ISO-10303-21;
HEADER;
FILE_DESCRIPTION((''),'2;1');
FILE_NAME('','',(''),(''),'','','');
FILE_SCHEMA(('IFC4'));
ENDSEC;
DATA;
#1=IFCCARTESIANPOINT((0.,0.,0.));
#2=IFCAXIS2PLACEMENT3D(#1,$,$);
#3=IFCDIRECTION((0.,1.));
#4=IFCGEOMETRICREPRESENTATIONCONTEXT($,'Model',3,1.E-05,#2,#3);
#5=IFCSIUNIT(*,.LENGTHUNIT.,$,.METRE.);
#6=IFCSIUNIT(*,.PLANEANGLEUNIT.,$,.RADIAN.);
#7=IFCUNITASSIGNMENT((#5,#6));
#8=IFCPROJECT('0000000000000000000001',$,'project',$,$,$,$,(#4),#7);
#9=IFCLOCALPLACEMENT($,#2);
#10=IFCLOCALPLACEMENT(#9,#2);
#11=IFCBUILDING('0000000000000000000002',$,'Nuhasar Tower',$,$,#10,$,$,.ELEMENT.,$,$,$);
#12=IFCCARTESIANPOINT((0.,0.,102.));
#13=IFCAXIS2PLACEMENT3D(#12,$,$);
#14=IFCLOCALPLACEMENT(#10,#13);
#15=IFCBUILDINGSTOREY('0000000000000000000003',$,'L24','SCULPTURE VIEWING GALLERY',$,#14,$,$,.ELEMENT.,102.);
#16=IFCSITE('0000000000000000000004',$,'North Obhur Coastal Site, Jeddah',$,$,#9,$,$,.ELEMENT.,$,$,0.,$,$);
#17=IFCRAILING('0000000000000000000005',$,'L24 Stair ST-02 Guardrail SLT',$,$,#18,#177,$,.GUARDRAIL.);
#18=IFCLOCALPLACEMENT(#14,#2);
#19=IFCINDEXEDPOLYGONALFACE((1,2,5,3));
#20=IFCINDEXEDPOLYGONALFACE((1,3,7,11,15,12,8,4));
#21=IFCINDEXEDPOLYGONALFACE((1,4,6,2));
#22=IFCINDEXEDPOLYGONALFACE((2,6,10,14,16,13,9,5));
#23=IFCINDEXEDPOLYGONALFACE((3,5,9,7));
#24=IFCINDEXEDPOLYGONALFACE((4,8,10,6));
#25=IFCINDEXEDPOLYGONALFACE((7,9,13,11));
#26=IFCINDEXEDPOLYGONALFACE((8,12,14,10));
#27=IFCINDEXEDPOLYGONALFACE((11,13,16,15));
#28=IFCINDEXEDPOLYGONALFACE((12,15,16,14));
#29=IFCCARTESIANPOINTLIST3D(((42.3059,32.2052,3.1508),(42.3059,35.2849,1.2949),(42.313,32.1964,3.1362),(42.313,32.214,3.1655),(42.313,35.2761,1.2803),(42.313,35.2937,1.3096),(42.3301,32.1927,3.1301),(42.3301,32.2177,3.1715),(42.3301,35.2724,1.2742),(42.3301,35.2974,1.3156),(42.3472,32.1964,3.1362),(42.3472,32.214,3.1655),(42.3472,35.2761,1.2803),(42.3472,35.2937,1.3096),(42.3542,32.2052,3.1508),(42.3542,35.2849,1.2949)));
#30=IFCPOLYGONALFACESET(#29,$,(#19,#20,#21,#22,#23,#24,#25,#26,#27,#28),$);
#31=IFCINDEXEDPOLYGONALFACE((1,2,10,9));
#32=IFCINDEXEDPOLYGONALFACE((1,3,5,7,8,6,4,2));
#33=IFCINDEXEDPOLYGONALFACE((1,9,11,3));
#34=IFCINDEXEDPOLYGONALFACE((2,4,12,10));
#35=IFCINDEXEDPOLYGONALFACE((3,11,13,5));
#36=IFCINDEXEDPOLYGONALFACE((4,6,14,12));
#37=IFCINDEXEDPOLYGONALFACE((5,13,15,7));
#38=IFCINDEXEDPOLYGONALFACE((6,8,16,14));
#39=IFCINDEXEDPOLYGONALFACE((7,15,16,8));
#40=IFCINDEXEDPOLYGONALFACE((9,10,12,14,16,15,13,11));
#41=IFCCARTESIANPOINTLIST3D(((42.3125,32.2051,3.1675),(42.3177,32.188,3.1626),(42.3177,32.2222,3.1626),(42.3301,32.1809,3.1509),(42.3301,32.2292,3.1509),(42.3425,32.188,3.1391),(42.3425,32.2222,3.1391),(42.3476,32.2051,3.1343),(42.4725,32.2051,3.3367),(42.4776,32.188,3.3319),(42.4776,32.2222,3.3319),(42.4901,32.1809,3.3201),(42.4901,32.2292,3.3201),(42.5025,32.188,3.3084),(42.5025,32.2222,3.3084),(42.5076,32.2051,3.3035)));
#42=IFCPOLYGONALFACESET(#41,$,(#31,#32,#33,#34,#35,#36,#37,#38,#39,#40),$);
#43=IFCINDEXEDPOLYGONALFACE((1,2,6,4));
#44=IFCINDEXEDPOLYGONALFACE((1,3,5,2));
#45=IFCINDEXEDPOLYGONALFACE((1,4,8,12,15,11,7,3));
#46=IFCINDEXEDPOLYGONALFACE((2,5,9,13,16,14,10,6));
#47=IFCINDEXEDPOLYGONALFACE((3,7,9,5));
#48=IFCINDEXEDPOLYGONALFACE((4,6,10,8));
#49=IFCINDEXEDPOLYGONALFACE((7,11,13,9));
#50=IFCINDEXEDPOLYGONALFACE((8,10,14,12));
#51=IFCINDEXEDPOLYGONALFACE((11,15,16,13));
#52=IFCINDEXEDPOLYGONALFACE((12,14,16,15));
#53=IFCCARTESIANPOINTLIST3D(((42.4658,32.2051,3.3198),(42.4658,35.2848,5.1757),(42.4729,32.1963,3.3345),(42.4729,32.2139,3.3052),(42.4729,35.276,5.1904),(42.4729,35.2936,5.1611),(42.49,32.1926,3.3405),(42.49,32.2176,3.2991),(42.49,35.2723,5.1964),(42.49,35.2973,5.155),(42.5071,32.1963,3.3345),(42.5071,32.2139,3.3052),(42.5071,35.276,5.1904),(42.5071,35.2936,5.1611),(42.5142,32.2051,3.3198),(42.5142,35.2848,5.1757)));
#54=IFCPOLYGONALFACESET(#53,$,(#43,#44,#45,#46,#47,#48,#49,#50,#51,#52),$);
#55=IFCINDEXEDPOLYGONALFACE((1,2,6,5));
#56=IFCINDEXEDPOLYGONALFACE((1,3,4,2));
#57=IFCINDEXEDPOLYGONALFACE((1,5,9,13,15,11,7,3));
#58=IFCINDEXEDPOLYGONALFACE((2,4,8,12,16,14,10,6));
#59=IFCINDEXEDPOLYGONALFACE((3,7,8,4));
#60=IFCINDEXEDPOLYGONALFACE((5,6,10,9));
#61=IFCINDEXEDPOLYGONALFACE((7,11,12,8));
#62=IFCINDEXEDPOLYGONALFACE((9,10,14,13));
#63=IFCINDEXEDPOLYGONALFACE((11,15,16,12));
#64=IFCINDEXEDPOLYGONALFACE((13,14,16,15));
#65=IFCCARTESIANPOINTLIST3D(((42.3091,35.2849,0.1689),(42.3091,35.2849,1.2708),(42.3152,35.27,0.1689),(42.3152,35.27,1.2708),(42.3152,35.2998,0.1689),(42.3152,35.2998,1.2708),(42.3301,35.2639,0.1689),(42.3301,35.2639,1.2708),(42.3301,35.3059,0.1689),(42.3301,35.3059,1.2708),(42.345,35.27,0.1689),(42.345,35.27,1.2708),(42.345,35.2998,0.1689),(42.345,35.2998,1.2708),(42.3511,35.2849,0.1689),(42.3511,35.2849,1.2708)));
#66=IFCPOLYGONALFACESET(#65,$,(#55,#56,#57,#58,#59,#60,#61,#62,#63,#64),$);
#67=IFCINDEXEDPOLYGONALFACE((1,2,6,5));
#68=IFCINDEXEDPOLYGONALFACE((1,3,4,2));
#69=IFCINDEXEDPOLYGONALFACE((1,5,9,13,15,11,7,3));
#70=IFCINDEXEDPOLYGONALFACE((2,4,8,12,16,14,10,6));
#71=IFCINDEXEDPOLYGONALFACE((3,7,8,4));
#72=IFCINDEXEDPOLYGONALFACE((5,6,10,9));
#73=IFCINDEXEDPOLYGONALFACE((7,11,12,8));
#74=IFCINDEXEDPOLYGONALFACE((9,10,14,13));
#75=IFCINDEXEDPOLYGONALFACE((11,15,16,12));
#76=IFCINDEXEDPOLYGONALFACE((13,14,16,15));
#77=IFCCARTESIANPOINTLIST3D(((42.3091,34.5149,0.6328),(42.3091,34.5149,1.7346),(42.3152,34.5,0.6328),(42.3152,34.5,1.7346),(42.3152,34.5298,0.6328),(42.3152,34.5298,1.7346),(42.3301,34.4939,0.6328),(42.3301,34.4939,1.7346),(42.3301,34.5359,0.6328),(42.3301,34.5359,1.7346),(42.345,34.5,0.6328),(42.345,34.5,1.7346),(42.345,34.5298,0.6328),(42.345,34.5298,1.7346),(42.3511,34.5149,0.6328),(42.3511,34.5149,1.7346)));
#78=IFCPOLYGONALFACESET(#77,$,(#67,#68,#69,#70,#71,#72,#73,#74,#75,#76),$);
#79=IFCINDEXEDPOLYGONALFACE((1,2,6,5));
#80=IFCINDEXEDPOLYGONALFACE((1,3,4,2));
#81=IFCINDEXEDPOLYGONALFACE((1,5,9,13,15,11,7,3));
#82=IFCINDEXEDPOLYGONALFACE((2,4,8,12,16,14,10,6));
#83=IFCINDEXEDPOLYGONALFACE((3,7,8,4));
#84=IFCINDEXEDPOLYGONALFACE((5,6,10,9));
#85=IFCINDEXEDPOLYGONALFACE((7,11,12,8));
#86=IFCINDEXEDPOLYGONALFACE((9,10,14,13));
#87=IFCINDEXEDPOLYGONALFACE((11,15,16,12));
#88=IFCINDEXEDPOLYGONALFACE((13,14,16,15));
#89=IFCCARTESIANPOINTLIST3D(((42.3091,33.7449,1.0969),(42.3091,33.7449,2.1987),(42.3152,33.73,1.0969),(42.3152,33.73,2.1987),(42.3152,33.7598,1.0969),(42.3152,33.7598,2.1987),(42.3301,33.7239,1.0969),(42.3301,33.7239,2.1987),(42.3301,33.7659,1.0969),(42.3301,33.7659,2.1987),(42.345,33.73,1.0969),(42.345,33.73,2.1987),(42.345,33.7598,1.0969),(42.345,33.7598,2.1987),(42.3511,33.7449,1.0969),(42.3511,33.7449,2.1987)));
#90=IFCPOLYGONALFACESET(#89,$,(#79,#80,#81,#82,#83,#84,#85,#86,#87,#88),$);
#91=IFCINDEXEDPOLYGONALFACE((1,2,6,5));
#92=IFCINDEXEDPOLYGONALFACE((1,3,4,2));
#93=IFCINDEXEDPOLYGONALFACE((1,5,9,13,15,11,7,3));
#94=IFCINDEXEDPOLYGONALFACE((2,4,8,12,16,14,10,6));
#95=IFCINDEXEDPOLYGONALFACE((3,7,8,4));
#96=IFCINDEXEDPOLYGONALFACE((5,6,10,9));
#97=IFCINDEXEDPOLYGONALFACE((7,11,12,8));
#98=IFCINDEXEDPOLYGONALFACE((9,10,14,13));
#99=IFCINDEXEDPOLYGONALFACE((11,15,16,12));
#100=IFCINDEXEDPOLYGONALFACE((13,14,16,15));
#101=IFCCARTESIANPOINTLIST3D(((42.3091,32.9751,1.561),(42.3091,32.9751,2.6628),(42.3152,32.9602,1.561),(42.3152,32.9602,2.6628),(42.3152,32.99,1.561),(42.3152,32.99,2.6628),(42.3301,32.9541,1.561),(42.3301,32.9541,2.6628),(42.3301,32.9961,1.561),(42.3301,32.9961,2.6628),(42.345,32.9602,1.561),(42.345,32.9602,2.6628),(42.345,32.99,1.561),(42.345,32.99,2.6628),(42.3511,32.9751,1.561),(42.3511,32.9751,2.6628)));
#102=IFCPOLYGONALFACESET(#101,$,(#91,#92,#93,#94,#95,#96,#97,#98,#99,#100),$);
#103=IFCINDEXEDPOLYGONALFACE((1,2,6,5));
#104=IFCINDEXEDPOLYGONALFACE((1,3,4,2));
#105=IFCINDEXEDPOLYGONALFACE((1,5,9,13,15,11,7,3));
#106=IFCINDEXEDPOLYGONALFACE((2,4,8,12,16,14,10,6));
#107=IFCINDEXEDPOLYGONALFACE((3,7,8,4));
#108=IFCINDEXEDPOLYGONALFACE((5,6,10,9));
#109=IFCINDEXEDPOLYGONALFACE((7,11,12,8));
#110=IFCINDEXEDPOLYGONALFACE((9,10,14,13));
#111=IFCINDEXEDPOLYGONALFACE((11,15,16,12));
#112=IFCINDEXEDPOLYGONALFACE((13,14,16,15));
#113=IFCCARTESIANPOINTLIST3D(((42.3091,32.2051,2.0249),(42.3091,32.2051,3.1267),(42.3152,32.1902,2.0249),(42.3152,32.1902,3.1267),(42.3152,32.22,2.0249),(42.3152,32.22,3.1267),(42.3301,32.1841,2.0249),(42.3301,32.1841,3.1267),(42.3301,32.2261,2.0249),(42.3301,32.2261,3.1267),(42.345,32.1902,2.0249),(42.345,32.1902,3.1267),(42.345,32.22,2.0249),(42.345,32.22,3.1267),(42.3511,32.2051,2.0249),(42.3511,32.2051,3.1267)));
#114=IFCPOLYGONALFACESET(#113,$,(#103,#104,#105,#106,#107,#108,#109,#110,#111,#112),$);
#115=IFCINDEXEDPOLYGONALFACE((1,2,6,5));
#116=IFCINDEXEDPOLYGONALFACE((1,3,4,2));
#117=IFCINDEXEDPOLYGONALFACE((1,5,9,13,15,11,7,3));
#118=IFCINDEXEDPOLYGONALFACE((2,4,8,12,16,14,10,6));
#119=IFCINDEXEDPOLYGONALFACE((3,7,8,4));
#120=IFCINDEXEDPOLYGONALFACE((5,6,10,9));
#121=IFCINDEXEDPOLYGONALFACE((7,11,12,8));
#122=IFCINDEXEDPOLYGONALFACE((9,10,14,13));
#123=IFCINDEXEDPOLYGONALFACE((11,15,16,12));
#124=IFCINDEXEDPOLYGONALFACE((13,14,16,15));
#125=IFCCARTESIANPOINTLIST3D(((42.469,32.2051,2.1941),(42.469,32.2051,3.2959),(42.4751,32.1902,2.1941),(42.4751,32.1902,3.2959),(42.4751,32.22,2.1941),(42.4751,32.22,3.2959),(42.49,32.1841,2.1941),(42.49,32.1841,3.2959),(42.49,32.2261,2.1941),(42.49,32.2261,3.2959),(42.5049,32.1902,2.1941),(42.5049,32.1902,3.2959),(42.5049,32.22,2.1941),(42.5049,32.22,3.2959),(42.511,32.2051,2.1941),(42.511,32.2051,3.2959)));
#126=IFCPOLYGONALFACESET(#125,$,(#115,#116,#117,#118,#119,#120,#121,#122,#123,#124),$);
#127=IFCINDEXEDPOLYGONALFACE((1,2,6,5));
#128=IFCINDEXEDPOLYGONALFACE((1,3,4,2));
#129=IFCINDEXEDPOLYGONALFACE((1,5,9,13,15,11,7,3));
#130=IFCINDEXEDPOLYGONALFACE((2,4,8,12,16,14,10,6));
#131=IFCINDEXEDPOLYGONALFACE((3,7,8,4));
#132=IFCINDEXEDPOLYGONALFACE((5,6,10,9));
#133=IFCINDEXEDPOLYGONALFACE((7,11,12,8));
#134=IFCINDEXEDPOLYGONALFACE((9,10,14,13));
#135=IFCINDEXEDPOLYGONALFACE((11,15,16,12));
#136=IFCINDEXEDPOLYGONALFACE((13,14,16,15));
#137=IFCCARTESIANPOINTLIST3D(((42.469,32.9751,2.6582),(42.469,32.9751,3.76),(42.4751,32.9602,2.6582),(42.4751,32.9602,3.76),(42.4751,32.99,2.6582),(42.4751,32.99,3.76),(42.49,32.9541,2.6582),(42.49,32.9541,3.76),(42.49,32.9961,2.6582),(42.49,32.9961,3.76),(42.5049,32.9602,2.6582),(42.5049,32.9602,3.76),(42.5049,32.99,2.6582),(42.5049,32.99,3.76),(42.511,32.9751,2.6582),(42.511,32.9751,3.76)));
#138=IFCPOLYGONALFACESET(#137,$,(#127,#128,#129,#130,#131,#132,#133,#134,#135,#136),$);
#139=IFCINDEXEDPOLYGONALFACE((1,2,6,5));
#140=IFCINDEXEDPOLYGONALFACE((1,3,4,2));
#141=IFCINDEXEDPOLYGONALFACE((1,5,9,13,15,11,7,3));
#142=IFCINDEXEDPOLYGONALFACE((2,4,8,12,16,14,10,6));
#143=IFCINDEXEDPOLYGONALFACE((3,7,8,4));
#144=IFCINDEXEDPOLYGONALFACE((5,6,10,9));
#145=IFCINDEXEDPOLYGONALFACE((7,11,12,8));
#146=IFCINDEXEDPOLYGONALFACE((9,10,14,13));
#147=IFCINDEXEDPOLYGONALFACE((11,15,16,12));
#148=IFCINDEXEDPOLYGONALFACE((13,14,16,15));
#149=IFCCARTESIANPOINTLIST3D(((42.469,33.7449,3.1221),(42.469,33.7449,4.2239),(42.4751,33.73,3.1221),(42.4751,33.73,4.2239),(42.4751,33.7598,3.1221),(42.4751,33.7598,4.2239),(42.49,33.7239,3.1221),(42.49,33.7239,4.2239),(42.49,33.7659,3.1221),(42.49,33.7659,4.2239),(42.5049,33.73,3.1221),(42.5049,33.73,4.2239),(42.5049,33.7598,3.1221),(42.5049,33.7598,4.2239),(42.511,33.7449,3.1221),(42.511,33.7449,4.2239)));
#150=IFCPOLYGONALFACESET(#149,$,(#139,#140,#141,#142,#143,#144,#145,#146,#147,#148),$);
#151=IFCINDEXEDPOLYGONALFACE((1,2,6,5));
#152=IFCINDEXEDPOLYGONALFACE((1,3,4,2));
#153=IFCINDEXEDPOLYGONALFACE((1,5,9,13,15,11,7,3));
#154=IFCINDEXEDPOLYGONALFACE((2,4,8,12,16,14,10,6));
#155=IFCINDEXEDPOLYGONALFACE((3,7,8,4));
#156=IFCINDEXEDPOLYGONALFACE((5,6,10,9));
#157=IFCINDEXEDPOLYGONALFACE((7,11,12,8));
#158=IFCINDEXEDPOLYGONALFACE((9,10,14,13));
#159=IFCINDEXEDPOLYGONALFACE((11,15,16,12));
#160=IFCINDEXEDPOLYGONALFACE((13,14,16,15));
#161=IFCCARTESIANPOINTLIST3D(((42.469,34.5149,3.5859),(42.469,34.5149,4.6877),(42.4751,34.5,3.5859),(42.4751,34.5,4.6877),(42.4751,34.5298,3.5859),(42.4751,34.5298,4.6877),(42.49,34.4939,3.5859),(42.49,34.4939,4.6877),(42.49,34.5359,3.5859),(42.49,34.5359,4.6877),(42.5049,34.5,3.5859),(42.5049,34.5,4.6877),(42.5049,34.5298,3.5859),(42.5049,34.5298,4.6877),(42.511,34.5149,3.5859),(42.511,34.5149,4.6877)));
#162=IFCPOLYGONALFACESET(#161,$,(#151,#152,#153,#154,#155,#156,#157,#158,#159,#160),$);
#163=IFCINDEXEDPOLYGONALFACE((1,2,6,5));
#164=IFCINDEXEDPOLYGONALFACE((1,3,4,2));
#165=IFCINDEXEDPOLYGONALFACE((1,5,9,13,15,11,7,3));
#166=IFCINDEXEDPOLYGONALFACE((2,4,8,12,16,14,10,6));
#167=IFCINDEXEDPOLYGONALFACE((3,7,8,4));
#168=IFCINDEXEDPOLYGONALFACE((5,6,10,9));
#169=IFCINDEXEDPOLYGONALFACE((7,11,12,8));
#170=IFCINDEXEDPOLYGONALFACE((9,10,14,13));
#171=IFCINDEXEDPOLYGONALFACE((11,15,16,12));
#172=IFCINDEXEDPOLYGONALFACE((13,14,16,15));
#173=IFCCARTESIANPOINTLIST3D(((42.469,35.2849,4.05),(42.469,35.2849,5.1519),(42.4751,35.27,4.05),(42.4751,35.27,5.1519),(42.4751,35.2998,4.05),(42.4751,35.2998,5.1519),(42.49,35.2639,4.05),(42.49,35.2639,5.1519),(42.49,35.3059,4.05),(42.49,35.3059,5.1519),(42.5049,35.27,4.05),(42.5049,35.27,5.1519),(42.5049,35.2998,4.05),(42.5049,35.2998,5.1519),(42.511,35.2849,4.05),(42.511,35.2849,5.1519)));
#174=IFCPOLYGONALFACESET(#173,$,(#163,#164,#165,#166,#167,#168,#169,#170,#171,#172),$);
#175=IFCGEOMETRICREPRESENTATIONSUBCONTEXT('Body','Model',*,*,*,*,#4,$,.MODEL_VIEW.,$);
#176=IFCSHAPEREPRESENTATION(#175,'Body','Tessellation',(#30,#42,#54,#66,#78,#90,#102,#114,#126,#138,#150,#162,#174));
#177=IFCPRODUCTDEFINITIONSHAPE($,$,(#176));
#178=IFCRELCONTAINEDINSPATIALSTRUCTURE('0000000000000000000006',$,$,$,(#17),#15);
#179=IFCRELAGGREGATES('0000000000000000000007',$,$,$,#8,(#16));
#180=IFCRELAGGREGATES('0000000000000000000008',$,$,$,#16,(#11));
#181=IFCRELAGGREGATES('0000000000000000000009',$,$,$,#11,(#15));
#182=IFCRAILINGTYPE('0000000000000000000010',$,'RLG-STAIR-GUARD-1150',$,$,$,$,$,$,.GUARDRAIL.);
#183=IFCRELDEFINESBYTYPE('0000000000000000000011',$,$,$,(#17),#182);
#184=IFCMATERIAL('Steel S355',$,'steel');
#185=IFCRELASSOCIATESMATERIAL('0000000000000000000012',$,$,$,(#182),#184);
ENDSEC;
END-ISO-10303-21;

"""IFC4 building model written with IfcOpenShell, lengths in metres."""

from ifc_helpers import new_model, si_unit, direction, frame, origin, place, context, subcontext, project, spatial, polyline, outline, extrude, material, type_object, element, save


model = new_model("IFC4")

# Units and contexts
model_context = context("Model", 3, precision=1e-05, world=origin(), true_north=direction((0.0, 1.0)))
body_context = subcontext(model_context, "Body", "Model", "MODEL_VIEW")
ifc_project = project(units=[si_unit("LENGTHUNIT", "METRE"), si_unit("PLANEANGLEUNIT", "RADIAN")], contexts=[model_context])

# Site, building, storey
site_placement = place(None, origin())
site = spatial("IfcSite", under=ifc_project, at=site_placement, Name="North Obhur Coastal Site, Jeddah", CompositionType="ELEMENT", RefElevation=0.0)
building_placement = place(site_placement, origin())
building = spatial("IfcBuilding", under=site, at=building_placement, Name="Nuhasar Tower", CompositionType="ELEMENT")
storey_placement = place(building_placement, frame((0.0, 0.0, 102.0)))
storey = spatial("IfcBuildingStorey", under=building, at=storey_placement, Name="L24", Description="SCULPTURE VIEWING GALLERY", CompositionType="ELEMENT", Elevation=102.0)

# Shared definitions
ifc_material_1 = material(Name="Steel S355", Category="steel")

# Railing
railing_type_1 = type_object("IfcRailingType", Name="RLG-STAIR-GUARD-1150", PredefinedType="GUARDRAIL", material=ifc_material_1)
railing_1_placement = place(storey_placement, frame((42.3301, 35.2849, 0.1689)))
element("IfcRailing", 1, at=railing_1_placement, inside=storey, type_object=railing_type_1, Name="L24 Stair ST-02 Guardrail SLT", PredefinedType="GUARDRAIL", context=body_context, shape_type="SweptSolid", body=[
    extrude(outline(polyline([(0.0242, 0.0), (0.0171, 0.0171), (0.0, 0.0242), (-0.0171, 0.0171), (-0.0242, 0.0), (-0.0171, -0.0171), (0.0, -0.0242), (0.0171, -0.0171), (0.0242, 0.0)])), frame((0.0, 0.0, 1.126), z_axis=(0.0, -0.856503, 0.516142), x_axis=(1.0, 0.0, 0.0)), (0.0, 0.0, 1.0), 3.5957),
    extrude(outline(polyline([(0.0242, 0.0), (0.0171, 0.0171), (0.0, 0.0242), (-0.0171, 0.0171), (-0.0242, 0.0), (-0.0171, -0.0171), (0.0, -0.0242), (0.0171, -0.0171), (0.0242, 0.0)])), frame((0.0, -3.0798, 2.9819), z_axis=(0.686901, 0.0, 0.726751), x_axis=(0.0, 1.0, 0.0)), (0.0, 0.0, 1.0), 0.2329),
    extrude(outline(polyline([(0.0242, 0.0), (0.0171, 0.0171), (0.0, 0.0242), (-0.0171, 0.0171), (-0.0242, 0.0), (-0.0171, -0.0171), (0.0, -0.0242), (0.0171, -0.0171), (0.0242, 0.0)])), frame((0.1599, -3.0798, 3.1509), z_axis=(0.0, 0.856503, 0.516142), x_axis=(-1.0, 0.0, 0.0)), (0.0, 0.0, 1.0), 3.5957),
    extrude(outline(polyline([(0.021, 0.0), (0.0149, 0.0149), (0.0, 0.021), (-0.0149, 0.0149), (-0.021, 0.0), (-0.0149, -0.0149), (0.0, -0.021), (0.0149, -0.0149), (0.021, 0.0)])), origin(), (0.0, 0.0, 1.0), 1.1018),
    extrude(outline(polyline([(0.021, 0.0), (0.0149, 0.0149), (0.0, 0.021), (-0.0149, 0.0149), (-0.021, 0.0), (-0.0149, -0.0149), (0.0, -0.021), (0.0149, -0.0149), (0.021, 0.0)])), frame((0.0, -0.77, 0.4639)), (0.0, 0.0, 1.0), 1.1018),
    extrude(outline(polyline([(0.021, 0.0), (0.0149, 0.0149), (0.0, 0.021), (-0.0149, 0.0149), (-0.021, 0.0), (-0.0149, -0.0149), (0.0, -0.021), (0.0149, -0.0149), (0.021, 0.0)])), frame((0.0, -1.54, 0.928)), (0.0, 0.0, 1.0), 1.1018),
    extrude(outline(polyline([(0.021, 0.0), (0.0149, 0.0149), (0.0, 0.021), (-0.0149, 0.0149), (-0.021, 0.0), (-0.0149, -0.0149), (0.0, -0.021), (0.0149, -0.0149), (0.021, 0.0)])), frame((0.0, -2.3098, 1.3921)), (0.0, 0.0, 1.0), 1.1018),
    extrude(outline(polyline([(0.021, 0.0), (0.0149, 0.0149), (0.0, 0.021), (-0.0149, 0.0149), (-0.021, 0.0), (-0.0149, -0.0149), (0.0, -0.021), (0.0149, -0.0149), (0.021, 0.0)])), frame((0.0, -3.0798, 1.856)), (0.0, 0.0, 1.0), 1.1018),
    extrude(outline(polyline([(0.021, 0.0), (0.0149, 0.0149), (0.0, 0.021), (-0.0149, 0.0149), (-0.021, 0.0), (-0.0149, -0.0149), (0.0, -0.021), (0.0149, -0.0149), (0.021, 0.0)])), frame((0.1599, -3.0798, 2.0251)), (0.0, 0.0, 1.0), 1.1018),
    extrude(outline(polyline([(0.021, 0.0), (0.0149, 0.0149), (0.0, 0.021), (-0.0149, 0.0149), (-0.021, 0.0), (-0.0149, -0.0149), (0.0, -0.021), (0.0149, -0.0149), (0.021, 0.0)])), frame((0.1599, -2.3098, 2.4893)), (0.0, 0.0, 1.0), 1.1018),
    extrude(outline(polyline([(0.021, 0.0), (0.0149, 0.0149), (0.0, 0.021), (-0.0149, 0.0149), (-0.021, 0.0), (-0.0149, -0.0149), (0.0, -0.021), (0.0149, -0.0149), (0.021, 0.0)])), frame((0.1599, -1.54, 2.9531)), (0.0, 0.0, 1.0), 1.1018),
    extrude(outline(polyline([(0.021, 0.0), (0.0149, 0.0149), (0.0, 0.021), (-0.0149, 0.0149), (-0.021, 0.0), (-0.0149, -0.0149), (0.0, -0.021), (0.0149, -0.0149), (0.021, 0.0)])), frame((0.1599, -0.77, 3.417)), (0.0, 0.0, 1.0), 1.1018),
    extrude(outline(polyline([(0.021, 0.0), (0.0149, 0.0149), (0.0, 0.021), (-0.0149, 0.0149), (-0.021, 0.0), (-0.0149, -0.0149), (0.0, -0.021), (0.0149, -0.0149), (0.021, 0.0)])), frame((0.1599, 0.0, 3.8811)), (0.0, 0.0, 1.0), 1.1018),
])

save(model, "model.ifc")
